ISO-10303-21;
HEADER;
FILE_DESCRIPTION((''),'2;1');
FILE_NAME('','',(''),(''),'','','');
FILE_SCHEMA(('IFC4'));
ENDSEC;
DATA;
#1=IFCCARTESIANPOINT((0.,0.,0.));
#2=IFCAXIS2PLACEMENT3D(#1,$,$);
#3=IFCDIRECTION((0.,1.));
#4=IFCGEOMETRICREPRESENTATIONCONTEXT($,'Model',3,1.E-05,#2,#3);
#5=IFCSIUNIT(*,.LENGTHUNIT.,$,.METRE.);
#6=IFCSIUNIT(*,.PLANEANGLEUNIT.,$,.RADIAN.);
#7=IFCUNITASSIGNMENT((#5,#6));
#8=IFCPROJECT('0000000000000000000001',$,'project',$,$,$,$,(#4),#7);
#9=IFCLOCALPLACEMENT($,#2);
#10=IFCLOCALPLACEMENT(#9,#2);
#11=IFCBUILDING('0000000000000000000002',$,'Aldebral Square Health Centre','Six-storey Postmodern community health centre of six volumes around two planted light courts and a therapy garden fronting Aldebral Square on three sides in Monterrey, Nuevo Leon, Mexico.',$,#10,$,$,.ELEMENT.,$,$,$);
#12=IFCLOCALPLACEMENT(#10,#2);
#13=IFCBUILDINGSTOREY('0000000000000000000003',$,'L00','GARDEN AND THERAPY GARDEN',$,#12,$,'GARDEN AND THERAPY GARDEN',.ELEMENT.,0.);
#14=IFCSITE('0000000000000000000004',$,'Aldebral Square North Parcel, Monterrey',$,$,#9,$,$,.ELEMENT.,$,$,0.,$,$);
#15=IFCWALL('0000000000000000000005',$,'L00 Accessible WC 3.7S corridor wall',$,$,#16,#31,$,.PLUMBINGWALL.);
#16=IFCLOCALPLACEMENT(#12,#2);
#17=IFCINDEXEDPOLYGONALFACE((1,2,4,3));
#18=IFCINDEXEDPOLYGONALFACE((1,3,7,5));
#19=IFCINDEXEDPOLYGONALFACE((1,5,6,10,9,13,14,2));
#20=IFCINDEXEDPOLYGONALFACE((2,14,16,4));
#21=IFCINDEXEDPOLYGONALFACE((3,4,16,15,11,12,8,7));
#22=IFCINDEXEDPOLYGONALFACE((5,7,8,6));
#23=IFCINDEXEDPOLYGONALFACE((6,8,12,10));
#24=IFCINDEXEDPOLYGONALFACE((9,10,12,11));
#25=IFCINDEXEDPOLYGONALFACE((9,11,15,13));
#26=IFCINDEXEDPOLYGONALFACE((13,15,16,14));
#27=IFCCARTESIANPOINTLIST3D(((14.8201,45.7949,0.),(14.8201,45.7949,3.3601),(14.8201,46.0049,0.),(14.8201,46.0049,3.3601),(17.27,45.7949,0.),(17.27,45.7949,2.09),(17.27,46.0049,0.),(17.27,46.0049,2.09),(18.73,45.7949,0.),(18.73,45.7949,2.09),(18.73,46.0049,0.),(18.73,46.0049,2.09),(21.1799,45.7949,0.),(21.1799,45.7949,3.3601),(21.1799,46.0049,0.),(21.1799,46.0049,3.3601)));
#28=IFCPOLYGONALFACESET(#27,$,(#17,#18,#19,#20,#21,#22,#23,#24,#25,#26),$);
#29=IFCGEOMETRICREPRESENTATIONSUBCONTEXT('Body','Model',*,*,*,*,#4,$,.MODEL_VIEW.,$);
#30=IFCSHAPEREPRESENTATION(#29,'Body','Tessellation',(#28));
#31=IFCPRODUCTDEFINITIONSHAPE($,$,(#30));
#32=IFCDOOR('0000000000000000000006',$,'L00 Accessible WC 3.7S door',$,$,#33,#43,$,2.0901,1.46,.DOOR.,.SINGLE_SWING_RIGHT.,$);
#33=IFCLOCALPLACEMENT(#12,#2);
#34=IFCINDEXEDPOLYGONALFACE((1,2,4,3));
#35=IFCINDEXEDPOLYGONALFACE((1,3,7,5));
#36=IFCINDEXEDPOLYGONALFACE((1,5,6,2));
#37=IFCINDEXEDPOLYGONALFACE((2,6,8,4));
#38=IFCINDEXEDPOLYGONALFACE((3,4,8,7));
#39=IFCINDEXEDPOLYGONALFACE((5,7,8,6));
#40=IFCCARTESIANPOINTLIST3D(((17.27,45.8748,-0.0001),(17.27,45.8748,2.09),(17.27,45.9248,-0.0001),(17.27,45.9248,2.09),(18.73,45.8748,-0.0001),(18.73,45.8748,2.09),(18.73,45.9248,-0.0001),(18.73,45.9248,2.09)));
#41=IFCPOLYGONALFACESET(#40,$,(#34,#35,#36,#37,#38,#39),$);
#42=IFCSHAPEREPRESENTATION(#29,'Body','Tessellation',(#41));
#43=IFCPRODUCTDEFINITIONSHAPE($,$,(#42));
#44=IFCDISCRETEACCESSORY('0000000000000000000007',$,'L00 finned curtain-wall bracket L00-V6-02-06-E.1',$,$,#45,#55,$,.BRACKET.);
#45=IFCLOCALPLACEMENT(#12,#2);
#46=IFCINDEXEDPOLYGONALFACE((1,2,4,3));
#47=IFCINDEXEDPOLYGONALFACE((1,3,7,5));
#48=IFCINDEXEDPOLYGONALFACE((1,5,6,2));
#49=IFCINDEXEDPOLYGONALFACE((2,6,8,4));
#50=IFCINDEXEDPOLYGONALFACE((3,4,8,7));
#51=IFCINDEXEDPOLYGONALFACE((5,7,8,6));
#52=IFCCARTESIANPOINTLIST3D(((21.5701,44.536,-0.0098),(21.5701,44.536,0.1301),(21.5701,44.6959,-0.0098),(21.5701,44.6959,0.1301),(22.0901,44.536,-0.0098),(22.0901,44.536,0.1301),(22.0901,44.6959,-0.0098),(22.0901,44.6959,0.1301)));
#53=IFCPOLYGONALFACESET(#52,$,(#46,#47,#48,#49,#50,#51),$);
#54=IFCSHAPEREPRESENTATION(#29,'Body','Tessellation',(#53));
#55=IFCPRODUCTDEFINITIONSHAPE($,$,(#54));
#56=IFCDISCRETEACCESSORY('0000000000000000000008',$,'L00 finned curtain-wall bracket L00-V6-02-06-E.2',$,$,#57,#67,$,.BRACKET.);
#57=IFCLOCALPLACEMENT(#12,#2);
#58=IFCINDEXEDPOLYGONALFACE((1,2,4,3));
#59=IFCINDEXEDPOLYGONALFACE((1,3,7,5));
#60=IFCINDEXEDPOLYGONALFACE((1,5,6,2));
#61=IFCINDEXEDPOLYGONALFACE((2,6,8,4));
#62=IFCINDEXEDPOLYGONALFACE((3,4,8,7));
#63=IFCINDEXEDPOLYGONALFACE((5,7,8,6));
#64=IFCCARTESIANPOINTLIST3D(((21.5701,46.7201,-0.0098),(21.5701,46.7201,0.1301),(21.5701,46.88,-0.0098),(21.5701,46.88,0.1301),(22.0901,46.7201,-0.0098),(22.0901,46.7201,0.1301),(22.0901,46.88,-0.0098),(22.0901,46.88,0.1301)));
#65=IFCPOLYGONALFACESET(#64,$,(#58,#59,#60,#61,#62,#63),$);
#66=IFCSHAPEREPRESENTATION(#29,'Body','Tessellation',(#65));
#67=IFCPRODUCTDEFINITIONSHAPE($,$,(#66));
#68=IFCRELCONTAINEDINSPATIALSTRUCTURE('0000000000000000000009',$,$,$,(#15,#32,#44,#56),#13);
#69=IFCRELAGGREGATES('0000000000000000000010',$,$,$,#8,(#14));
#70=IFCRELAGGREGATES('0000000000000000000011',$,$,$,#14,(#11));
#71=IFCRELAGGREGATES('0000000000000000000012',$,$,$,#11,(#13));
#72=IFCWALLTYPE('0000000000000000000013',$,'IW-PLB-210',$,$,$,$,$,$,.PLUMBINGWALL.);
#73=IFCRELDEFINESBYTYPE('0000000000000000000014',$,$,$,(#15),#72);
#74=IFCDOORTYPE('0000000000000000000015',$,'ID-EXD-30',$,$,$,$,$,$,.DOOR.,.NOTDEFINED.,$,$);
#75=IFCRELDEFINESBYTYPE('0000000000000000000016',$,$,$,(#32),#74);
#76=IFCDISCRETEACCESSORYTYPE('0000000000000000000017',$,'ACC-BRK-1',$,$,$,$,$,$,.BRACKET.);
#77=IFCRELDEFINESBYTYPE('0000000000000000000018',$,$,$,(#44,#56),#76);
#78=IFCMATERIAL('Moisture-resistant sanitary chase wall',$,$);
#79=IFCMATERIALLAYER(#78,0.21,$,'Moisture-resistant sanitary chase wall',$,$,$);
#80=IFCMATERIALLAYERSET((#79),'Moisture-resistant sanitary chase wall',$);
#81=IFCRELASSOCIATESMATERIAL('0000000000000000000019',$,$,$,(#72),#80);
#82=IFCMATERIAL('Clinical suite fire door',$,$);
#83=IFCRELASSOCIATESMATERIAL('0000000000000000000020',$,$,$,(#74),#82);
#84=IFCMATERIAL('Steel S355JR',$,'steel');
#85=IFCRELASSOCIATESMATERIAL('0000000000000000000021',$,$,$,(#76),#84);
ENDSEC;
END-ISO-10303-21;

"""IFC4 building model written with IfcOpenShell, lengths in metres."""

from ifc_helpers import new_model, si_unit, direction, frame, frame_2d, origin, origin_2d, place, context, subcontext, project, spatial, rectangle, extrude, material, layer, layer_set, type_object, element, fill, save


model = new_model("IFC4")

# Units and contexts
model_context = context("Model", 3, precision=1e-05, world=origin(), true_north=direction((0.0, 1.0)))
body_context = subcontext(model_context, "Body", "Model", "MODEL_VIEW")
ifc_project = project(units=[si_unit("LENGTHUNIT", "METRE"), si_unit("PLANEANGLEUNIT", "RADIAN")], contexts=[model_context])

# Site, building, storey
site_placement = place(None, origin())
site = spatial("IfcSite", under=ifc_project, at=site_placement, Name="Aldebral Square North Parcel, Monterrey", CompositionType="ELEMENT", RefElevation=0.0)
building_placement = place(site_placement, origin())
building = spatial("IfcBuilding", under=site, at=building_placement, Name="Aldebral Square Health Centre", Description="Six-storey Postmodern community health centre of six volumes around two planted light courts and a therapy garden fronting Aldebral Square on three sides in Monterrey, Nuevo Leon, Mexico.", CompositionType="ELEMENT")
storey_placement = place(building_placement, origin())
storey = spatial("IfcBuildingStorey", under=building, at=storey_placement, Name="L00", Description="GARDEN AND THERAPY GARDEN", LongName="GARDEN AND THERAPY GARDEN", CompositionType="ELEMENT", Elevation=0.0)

# Wall, opening, door
ifc_material_1 = material(Name="Clinical suite fire door")
ifc_material_2 = material(Name="Moisture-resistant sanitary chase wall")
ifc_layer_1 = layer(ifc_material_2, 0.21, Name="Moisture-resistant sanitary chase wall")
ifc_layer_set_1 = layer_set([ifc_layer_1], Name="Moisture-resistant sanitary chase wall")
wall_type_1 = type_object("IfcWallType", Name="IW-PLB-210", PredefinedType="PLUMBINGWALL", material=ifc_layer_set_1)
wall_1_placement = place(storey_placement, frame((14.8201, 45.8999, 0.0), z_axis=(0.0, 0.0, 1.0), x_axis=(1.0, 0.0, 0.0)))
wall_1 = element("IfcWall", 1, at=wall_1_placement, inside=storey, type_object=wall_type_1, Name="L00 Accessible WC 3.7S corridor wall", PredefinedType="PLUMBINGWALL", context=body_context, shape_type="SweptSolid", body=[
    extrude(rectangle(XDim=6.3599, YDim=0.21, at=frame_2d((3.1799, 0.0))), origin(), (0.0, 0.0, 1.0), 3.3601),
])
opening_1_placement = place(wall_1_placement, frame((2.45, 0.0, 0.0)))
opening_1 = element("IfcOpeningElement", 2, at=opening_1_placement, cuts=wall_1, PredefinedType="OPENING", context=body_context, shape_type="SweptSolid", body=[
    extrude(rectangle(XDim=1.46, YDim=2.0901, at=frame_2d((0.73, 1.0449))), frame((0.0, 0.115, 0.0), z_axis=(0.0, -1.0, 0.0), x_axis=(1.0, 0.0, 0.0)), (0.0, 0.0, 1.0), 0.23),
])
door_type_1 = type_object("IfcDoorType", Name="ID-EXD-30", OperationType="NOTDEFINED", PredefinedType="DOOR", material=ifc_material_1)
door_1_placement = place(opening_1_placement, origin())
door_1 = element("IfcDoor", 3, at=door_1_placement, inside=storey, type_object=door_type_1, Name="L00 Accessible WC 3.7S door", OperationType="SINGLE_SWING_RIGHT", OverallHeight=2.0901, OverallWidth=1.46, PredefinedType="DOOR", context=body_context, shape_type="SweptSolid", body=[
    extrude(rectangle(XDim=1.46, YDim=2.0901, at=frame_2d((0.73, 1.0449))), frame((0.0, 0.0249, 0.0), z_axis=(0.0, -1.0, 0.0), x_axis=(1.0, 0.0, 0.0)), (0.0, 0.0, 1.0), 0.05),
])
fill(opening_1, door_1)

# Discrete accessories
ifc_material_3 = material(Name="Steel S355JR", Category="steel")
discrete_accessory_type = type_object("IfcDiscreteAccessoryType", Name="ACC-BRK-1", PredefinedType="BRACKET", material=ifc_material_3)
for number, where, z_axis, x_axis, name in (
    (4, (21.8301, 44.616, -0.0098), (0.0, 0.0, 1.0), (0.0, 1.0, 0.0), "L00 finned curtain-wall bracket L00-V6-02-06-E.1"),
    (5, (21.8301, 46.8, -0.0098), (0.0, 0.0, 1.0), (0.0, 1.0, 0.0), "L00 finned curtain-wall bracket L00-V6-02-06-E.2"),
):
    element("IfcDiscreteAccessory", number, at=place(storey_placement, frame(where, z_axis=z_axis, x_axis=x_axis)), inside=storey, type_object=discrete_accessory_type, Name=name, PredefinedType="BRACKET", context=body_context, shape_type="SweptSolid", body=[
        extrude(rectangle(XDim=0.1599, YDim=0.52, at=origin_2d()), origin(), (0.0, 0.0, 1.0), 0.1399),
    ])

save(model, "model.ifc")
